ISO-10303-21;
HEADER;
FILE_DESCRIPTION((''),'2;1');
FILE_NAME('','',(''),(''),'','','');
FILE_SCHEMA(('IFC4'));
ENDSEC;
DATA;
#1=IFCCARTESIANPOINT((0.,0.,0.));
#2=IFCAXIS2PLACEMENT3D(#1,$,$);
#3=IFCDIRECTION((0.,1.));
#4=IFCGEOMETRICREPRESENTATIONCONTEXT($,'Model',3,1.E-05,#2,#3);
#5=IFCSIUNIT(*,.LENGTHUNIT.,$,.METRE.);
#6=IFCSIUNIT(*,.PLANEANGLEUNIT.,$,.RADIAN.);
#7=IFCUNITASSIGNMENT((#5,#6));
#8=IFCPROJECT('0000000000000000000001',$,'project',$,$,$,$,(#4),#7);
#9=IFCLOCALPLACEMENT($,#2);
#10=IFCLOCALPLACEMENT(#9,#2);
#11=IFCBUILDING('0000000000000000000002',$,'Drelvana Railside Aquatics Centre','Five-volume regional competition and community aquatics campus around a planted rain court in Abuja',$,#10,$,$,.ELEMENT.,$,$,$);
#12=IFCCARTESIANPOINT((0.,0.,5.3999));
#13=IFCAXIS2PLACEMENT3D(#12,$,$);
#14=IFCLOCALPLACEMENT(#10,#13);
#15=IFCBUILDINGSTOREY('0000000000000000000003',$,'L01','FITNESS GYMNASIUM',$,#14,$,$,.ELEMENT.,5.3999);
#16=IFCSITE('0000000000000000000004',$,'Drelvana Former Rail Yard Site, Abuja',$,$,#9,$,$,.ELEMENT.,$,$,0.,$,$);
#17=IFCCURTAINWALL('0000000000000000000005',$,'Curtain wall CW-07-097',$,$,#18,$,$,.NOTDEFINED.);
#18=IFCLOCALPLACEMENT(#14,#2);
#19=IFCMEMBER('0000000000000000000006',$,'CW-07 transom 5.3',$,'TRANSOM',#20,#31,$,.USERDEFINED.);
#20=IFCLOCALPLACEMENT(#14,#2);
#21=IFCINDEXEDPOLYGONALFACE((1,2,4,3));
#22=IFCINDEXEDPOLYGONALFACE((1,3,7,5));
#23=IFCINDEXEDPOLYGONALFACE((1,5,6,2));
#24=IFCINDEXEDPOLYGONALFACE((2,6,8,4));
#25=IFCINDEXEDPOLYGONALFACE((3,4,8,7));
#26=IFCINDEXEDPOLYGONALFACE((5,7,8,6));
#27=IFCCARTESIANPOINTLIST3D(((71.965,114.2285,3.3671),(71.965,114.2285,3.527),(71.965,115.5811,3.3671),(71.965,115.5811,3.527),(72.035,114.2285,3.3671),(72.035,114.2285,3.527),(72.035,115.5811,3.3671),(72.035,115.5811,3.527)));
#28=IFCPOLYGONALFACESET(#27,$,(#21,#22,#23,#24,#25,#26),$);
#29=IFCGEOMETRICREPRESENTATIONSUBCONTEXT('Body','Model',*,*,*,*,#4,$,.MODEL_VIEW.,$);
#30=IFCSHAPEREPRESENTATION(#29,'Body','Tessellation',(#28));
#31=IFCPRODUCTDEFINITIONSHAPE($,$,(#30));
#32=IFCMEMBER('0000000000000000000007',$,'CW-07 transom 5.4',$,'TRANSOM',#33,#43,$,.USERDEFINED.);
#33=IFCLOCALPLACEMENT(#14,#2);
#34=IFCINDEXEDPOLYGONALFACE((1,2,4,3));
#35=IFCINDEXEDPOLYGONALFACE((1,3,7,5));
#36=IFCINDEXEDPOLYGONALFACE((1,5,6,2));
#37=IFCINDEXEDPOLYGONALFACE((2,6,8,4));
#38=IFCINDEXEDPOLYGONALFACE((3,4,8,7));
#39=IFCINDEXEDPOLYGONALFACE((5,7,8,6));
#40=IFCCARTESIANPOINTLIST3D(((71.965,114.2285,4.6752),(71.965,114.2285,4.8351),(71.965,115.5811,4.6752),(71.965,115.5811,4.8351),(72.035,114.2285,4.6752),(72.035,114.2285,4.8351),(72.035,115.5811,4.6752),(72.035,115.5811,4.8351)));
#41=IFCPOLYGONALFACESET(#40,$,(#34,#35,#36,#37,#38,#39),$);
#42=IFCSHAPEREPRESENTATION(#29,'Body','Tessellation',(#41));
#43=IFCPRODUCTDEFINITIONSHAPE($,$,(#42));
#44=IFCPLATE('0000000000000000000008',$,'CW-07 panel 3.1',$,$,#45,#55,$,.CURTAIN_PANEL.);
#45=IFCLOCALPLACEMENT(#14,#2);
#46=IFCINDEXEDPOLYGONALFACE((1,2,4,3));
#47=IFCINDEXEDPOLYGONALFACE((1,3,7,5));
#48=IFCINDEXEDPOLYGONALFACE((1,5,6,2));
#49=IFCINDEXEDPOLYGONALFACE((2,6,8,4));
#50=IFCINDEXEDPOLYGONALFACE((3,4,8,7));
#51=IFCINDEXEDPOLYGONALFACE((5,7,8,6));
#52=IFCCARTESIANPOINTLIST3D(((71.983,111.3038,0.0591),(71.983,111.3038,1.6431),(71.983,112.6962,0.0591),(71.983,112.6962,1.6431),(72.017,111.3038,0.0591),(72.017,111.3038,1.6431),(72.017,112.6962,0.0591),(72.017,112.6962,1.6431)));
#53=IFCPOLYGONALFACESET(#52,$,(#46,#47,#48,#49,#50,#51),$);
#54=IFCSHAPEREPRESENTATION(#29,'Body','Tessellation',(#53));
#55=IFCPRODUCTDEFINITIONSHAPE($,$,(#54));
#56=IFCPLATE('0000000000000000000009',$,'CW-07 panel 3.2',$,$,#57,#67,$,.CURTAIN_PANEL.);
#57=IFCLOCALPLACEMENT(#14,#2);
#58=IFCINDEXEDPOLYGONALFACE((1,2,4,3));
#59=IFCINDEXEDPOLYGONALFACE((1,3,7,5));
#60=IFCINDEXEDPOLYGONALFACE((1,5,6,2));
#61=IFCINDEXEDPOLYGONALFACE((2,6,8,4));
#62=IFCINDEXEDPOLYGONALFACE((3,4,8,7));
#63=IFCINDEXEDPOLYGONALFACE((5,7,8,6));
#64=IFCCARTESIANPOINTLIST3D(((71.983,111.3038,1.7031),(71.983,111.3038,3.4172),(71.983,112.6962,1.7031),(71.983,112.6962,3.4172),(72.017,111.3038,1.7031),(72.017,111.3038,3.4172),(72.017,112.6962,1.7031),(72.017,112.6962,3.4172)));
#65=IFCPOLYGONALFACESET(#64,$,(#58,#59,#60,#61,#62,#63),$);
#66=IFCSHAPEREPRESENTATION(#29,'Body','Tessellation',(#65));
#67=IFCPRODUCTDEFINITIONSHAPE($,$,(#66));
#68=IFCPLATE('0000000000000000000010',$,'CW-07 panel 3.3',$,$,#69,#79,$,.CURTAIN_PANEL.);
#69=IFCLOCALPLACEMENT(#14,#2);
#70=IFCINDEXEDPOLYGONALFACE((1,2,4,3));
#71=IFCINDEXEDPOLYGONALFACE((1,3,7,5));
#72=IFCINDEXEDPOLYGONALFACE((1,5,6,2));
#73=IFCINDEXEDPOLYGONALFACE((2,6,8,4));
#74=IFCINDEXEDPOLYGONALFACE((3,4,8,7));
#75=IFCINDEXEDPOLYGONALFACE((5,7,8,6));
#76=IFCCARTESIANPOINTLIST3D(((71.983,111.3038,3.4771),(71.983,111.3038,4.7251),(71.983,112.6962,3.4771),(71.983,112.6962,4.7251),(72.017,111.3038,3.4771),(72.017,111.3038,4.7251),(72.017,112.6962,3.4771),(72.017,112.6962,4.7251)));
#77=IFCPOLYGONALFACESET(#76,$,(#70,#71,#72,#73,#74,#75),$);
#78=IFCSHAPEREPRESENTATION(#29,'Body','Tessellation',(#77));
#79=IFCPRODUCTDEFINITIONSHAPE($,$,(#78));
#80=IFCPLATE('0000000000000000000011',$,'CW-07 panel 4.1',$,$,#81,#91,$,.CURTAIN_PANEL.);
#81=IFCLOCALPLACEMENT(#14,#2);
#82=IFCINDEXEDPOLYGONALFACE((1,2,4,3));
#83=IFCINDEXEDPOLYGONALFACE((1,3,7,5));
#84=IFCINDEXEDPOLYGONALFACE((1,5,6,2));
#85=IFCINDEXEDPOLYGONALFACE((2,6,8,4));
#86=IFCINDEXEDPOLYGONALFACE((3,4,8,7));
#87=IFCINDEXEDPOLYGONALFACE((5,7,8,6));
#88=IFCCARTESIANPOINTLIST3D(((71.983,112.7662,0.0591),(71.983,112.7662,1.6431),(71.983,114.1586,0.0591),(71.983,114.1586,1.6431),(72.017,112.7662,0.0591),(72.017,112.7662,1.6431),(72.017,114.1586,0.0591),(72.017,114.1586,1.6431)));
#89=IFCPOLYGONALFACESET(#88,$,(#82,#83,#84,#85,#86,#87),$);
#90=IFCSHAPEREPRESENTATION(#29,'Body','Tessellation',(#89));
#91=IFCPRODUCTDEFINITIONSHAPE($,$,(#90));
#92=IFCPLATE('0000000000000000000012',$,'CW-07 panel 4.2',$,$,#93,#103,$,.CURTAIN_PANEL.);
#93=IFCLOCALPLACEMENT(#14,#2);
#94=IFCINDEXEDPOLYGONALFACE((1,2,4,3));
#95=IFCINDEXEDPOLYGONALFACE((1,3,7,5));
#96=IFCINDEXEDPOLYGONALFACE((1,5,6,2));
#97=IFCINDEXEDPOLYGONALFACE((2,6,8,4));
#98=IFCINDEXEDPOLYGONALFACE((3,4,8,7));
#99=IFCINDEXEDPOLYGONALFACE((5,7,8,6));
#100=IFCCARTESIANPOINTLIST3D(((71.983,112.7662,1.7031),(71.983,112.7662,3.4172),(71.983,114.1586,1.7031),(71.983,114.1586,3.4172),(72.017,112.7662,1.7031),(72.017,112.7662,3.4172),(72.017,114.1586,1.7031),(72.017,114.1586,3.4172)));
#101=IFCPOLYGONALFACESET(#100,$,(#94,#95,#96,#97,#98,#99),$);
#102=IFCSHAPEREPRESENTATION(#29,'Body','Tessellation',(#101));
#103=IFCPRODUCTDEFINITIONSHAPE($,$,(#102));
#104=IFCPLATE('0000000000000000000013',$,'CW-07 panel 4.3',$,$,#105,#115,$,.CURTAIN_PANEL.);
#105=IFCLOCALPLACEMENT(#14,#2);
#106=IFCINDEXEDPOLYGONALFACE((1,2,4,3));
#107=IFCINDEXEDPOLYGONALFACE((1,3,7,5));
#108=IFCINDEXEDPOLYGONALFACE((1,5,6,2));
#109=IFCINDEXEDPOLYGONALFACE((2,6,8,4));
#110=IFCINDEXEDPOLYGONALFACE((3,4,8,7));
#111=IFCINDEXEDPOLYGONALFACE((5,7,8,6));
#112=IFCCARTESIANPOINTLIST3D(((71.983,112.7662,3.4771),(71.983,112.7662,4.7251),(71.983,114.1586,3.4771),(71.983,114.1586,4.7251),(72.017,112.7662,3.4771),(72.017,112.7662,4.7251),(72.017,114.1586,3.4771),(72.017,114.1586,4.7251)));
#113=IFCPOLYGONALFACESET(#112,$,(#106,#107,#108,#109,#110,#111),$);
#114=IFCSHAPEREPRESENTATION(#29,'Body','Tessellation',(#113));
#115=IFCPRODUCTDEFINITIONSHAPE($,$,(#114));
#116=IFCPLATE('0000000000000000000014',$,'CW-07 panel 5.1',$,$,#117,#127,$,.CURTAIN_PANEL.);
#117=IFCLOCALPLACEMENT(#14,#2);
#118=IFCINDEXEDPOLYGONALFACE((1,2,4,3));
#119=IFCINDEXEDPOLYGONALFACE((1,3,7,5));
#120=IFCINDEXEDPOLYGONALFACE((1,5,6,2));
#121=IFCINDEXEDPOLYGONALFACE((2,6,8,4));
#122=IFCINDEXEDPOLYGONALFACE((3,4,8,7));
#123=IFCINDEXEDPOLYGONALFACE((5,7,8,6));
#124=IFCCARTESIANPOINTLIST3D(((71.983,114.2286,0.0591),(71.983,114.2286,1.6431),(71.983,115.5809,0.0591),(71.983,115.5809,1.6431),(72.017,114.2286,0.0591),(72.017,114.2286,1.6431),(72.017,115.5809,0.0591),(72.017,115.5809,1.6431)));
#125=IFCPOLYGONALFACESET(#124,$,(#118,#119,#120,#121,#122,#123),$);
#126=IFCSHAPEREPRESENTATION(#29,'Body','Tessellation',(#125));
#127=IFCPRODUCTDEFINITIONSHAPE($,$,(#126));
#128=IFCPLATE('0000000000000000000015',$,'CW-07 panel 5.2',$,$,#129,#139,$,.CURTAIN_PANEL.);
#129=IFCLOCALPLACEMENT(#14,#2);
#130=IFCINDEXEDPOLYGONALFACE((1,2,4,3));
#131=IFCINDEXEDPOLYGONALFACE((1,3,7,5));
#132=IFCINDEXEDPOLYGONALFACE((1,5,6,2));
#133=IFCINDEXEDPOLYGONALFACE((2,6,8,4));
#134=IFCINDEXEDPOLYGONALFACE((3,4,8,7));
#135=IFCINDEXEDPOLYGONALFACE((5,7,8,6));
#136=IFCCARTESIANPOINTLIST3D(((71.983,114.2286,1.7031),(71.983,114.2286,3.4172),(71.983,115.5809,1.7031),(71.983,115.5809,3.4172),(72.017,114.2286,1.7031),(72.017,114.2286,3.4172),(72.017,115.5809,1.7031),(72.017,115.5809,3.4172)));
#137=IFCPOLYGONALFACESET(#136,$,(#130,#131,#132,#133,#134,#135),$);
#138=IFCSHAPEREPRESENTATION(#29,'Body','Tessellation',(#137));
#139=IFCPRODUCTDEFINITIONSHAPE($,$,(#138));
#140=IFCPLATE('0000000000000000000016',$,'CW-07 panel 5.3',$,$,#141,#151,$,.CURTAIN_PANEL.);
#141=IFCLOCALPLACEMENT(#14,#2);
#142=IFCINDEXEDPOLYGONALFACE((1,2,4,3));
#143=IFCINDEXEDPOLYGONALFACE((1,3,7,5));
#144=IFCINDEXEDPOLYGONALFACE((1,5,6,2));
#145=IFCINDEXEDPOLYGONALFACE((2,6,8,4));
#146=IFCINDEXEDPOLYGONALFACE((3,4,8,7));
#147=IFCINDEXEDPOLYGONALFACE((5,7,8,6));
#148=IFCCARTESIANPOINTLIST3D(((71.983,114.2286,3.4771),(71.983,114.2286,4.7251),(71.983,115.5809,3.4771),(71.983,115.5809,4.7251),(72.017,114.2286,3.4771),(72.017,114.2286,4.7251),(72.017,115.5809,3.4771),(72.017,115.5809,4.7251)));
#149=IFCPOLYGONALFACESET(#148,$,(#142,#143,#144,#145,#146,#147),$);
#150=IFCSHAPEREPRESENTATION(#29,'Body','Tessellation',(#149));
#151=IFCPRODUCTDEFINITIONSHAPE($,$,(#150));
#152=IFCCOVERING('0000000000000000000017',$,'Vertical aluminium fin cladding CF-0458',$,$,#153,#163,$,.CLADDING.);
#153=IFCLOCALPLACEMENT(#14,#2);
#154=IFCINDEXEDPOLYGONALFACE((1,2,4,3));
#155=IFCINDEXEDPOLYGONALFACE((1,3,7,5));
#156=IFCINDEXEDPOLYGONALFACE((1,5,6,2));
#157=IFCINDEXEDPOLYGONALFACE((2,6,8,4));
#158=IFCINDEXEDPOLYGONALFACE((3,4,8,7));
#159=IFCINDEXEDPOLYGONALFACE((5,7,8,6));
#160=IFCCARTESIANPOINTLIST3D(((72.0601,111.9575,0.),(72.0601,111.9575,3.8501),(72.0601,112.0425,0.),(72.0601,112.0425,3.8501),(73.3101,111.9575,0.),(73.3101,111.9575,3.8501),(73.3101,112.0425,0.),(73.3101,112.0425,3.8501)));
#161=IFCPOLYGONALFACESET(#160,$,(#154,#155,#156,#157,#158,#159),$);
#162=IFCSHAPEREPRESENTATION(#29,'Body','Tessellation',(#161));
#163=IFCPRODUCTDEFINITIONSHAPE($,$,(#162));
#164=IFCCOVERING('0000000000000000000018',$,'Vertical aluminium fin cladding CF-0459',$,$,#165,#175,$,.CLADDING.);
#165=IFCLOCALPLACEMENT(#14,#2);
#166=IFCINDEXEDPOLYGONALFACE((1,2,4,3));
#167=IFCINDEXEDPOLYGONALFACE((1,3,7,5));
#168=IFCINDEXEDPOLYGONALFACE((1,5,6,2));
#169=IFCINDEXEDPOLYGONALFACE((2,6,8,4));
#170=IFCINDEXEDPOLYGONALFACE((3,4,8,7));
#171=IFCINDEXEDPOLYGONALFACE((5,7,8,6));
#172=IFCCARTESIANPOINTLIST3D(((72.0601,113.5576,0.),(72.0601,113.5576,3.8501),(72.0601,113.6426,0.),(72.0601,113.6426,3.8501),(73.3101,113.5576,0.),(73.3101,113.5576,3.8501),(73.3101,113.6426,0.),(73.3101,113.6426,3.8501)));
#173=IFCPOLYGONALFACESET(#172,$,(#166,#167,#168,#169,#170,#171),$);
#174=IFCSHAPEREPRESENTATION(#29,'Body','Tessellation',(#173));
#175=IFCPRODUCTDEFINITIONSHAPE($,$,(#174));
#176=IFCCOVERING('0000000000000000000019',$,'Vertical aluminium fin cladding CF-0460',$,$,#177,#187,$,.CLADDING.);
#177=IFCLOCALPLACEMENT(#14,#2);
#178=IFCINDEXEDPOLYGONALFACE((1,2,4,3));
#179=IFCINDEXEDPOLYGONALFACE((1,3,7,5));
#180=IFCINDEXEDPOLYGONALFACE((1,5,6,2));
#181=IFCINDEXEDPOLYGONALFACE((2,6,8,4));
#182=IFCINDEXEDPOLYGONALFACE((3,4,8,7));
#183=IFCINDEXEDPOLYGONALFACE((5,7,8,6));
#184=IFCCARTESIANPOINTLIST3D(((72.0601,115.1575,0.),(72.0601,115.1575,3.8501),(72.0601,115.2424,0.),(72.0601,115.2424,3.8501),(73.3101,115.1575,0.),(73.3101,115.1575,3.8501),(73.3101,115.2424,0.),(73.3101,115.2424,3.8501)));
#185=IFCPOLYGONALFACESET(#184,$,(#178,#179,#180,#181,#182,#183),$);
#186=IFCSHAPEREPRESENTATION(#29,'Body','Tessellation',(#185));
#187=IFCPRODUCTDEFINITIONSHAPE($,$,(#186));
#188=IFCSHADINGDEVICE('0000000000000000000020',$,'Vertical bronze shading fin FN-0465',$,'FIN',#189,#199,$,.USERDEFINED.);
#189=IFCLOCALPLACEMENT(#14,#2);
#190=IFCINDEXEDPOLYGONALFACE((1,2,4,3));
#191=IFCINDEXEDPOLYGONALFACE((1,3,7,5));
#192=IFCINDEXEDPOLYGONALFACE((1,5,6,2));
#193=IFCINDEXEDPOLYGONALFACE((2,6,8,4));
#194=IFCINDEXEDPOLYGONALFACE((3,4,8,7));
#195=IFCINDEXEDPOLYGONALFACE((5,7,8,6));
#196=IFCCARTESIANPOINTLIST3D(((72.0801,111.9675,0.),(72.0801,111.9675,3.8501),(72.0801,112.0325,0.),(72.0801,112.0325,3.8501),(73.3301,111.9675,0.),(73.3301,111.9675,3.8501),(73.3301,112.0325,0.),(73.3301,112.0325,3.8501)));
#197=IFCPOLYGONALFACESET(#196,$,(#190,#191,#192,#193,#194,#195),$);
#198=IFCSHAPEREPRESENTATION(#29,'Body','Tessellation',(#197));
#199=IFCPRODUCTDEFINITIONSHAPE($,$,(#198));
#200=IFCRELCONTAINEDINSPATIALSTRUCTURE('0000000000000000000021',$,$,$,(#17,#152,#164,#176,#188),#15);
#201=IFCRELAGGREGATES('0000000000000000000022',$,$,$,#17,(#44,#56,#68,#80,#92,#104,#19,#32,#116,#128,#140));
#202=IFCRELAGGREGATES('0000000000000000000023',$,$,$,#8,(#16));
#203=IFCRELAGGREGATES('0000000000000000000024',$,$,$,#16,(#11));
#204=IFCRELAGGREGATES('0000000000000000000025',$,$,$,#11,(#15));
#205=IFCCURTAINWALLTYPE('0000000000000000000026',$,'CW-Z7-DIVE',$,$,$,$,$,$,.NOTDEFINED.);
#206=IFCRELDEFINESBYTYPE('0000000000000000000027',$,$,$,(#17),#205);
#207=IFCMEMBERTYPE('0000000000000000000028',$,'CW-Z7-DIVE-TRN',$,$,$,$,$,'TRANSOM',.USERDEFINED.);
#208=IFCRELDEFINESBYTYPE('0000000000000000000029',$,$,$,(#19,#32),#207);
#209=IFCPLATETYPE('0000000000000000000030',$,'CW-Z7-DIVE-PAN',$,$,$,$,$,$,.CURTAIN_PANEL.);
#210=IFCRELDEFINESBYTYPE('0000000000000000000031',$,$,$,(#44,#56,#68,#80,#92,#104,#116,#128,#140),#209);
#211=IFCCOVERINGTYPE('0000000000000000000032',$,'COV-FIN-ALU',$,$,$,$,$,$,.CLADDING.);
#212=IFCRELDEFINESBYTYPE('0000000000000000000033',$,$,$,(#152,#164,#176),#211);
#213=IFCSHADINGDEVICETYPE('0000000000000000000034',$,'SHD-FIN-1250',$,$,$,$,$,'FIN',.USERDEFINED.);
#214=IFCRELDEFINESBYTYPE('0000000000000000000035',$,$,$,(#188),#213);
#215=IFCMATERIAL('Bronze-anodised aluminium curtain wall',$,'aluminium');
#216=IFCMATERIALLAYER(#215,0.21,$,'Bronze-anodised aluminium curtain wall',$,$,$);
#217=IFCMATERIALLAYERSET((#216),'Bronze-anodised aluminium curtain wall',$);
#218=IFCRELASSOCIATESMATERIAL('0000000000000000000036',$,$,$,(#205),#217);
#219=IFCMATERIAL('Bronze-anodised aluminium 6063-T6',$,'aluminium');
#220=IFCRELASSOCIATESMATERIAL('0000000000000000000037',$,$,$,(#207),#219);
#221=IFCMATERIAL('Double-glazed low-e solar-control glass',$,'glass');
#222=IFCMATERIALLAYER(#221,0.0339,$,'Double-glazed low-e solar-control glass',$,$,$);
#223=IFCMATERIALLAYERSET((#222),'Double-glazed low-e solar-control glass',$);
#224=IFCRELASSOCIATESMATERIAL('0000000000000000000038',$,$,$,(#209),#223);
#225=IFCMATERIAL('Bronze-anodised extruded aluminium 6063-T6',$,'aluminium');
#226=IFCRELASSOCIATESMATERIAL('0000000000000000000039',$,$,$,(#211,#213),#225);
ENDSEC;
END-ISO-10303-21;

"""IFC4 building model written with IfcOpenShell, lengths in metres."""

from ifc_helpers import new_model, si_unit, direction, frame, origin, origin_2d, place, context, subcontext, project, spatial, rectangle, extrude, material, layer, layer_set, material_profile, profile_set, type_object, element, aggregate, save


model = new_model("IFC4")

# Units and contexts
model_context = context("Model", 3, precision=1e-05, world=origin(), true_north=direction((0.0, 1.0)))
body_context = subcontext(model_context, "Body", "Model", "MODEL_VIEW")
ifc_project = project(units=[si_unit("LENGTHUNIT", "METRE"), si_unit("PLANEANGLEUNIT", "RADIAN")], contexts=[model_context])

# Site, building, storey
site_placement = place(None, origin())
site = spatial("IfcSite", under=ifc_project, at=site_placement, Name="Drelvana Former Rail Yard Site, Abuja", CompositionType="ELEMENT", RefElevation=0.0)
building_placement = place(site_placement, origin())
building = spatial("IfcBuilding", under=site, at=building_placement, Name="Drelvana Railside Aquatics Centre", Description="Five-volume regional competition and community aquatics campus around a planted rain court in Abuja", CompositionType="ELEMENT")
storey_placement = place(building_placement, frame((0.0, 0.0, 5.3999)))
storey = spatial("IfcBuildingStorey", under=building, at=storey_placement, Name="L01", Description="FITNESS GYMNASIUM", CompositionType="ELEMENT", Elevation=5.3999)

# Curtain wall, members, plates
ifc_material_1 = material(Name="Bronze-anodised aluminium curtain wall", Category="aluminium")
ifc_layer_1 = layer(ifc_material_1, 0.21, Name="Bronze-anodised aluminium curtain wall")
ifc_layer_set_1 = layer_set([ifc_layer_1], Name="Bronze-anodised aluminium curtain wall")
curtain_wall_type = type_object("IfcCurtainWallType", Name="CW-Z7-DIVE", PredefinedType="NOTDEFINED", material=ifc_layer_set_1)
curtain_wall_placement = place(storey_placement, origin())
curtain_wall = element("IfcCurtainWall", 1, at=curtain_wall_placement, inside=storey, type_object=curtain_wall_type, Name="Curtain wall CW-07-097", PredefinedType="NOTDEFINED")
ifc_material_2 = material(Name="Bronze-anodised aluminium 6063-T6", Category="aluminium")
ifc_material_profile_1 = material_profile(ifc_material_2, rectangle(XDim=0.1599, YDim=0.0701, at=origin_2d()), Name="ALU-T 70x160")
ifc_profile_set_1 = profile_set([ifc_material_profile_1], Name="Bronze-anodised aluminium 6063-T6")
member_type_1 = type_object("IfcMemberType", Name="CW-Z7-DIVE-TRN", ElementType="TRANSOM", PredefinedType="USERDEFINED", material=ifc_profile_set_1)
member_1_placement = place(storey_placement, frame((72.0, 114.2285, 3.447), z_axis=(0.0, 1.0, 0.0), x_axis=(0.0, 0.0, 1.0)))
member_1 = element("IfcMember", 2, at=member_1_placement, type_object=member_type_1, Name="CW-07 transom 5.3", ObjectType="TRANSOM", PredefinedType="USERDEFINED", context=body_context, shape_type="SweptSolid", body=[
    extrude(rectangle(XDim=0.1599, YDim=0.0701, at=origin_2d()), origin(), (0.0, 0.0, 1.0), 1.3525),
])
member_2_placement = place(storey_placement, frame((72.0, 114.2285, 4.7551), z_axis=(0.0, 1.0, 0.0), x_axis=(0.0, 0.0, 1.0)))
member_2 = element("IfcMember", 3, at=member_2_placement, type_object=member_type_1, Name="CW-07 transom 5.4", ObjectType="TRANSOM", PredefinedType="USERDEFINED", context=body_context, shape_type="SweptSolid", body=[
    extrude(rectangle(XDim=0.1599, YDim=0.0701, at=origin_2d()), origin(), (0.0, 0.0, 1.0), 1.3525),
])
ifc_material_3 = material(Name="Double-glazed low-e solar-control glass", Category="glass")
ifc_layer_2 = layer(ifc_material_3, 0.0339, Name="Double-glazed low-e solar-control glass")
ifc_layer_set_2 = layer_set([ifc_layer_2], Name="Double-glazed low-e solar-control glass")
plate_type = type_object("IfcPlateType", Name="CW-Z7-DIVE-PAN", PredefinedType="CURTAIN_PANEL", material=ifc_layer_set_2)
plate_1_placement = place(storey_placement, frame((72.0, 112.0, 0.0591), z_axis=(0.0, 0.0, 1.0), x_axis=(0.0, 1.0, 0.0)))
plate_1 = element("IfcPlate", 4, at=plate_1_placement, type_object=plate_type, Name="CW-07 panel 3.1", PredefinedType="CURTAIN_PANEL", context=body_context, shape_type="SweptSolid", body=[
    extrude(rectangle(XDim=1.3923, YDim=0.0339, at=origin_2d()), origin(), (0.0, 0.0, 1.0), 1.584),
])
plate_2_placement = place(storey_placement, frame((72.0, 112.0, 1.7031), z_axis=(0.0, 0.0, 1.0), x_axis=(0.0, 1.0, 0.0)))
plate_2 = element("IfcPlate", 5, at=plate_2_placement, type_object=plate_type, Name="CW-07 panel 3.2", PredefinedType="CURTAIN_PANEL", context=body_context, shape_type="SweptSolid", body=[
    extrude(rectangle(XDim=1.3923, YDim=0.0339, at=origin_2d()), origin(), (0.0, 0.0, 1.0), 1.7141),
])
plate_3_placement = place(storey_placement, frame((72.0, 112.0, 3.4771), z_axis=(0.0, 0.0, 1.0), x_axis=(0.0, 1.0, 0.0)))
plate_3 = element("IfcPlate", 6, at=plate_3_placement, type_object=plate_type, Name="CW-07 panel 3.3", PredefinedType="CURTAIN_PANEL", context=body_context, shape_type="SweptSolid", body=[
    extrude(rectangle(XDim=1.3923, YDim=0.0339, at=origin_2d()), origin(), (0.0, 0.0, 1.0), 1.248),
])
plate_4_placement = place(storey_placement, frame((72.0, 113.4624, 0.0591), z_axis=(0.0, 0.0, 1.0), x_axis=(0.0, 1.0, 0.0)))
plate_4 = element("IfcPlate", 7, at=plate_4_placement, type_object=plate_type, Name="CW-07 panel 4.1", PredefinedType="CURTAIN_PANEL", context=body_context, shape_type="SweptSolid", body=[
    extrude(rectangle(XDim=1.3923, YDim=0.0339, at=origin_2d()), origin(), (0.0, 0.0, 1.0), 1.584),
])
plate_5_placement = place(storey_placement, frame((72.0, 113.4624, 1.7031), z_axis=(0.0, 0.0, 1.0), x_axis=(0.0, 1.0, 0.0)))
plate_5 = element("IfcPlate", 8, at=plate_5_placement, type_object=plate_type, Name="CW-07 panel 4.2", PredefinedType="CURTAIN_PANEL", context=body_context, shape_type="SweptSolid", body=[
    extrude(rectangle(XDim=1.3923, YDim=0.0339, at=origin_2d()), origin(), (0.0, 0.0, 1.0), 1.7141),
])
plate_6_placement = place(storey_placement, frame((72.0, 113.4624, 3.4771), z_axis=(0.0, 0.0, 1.0), x_axis=(0.0, 1.0, 0.0)))
plate_6 = element("IfcPlate", 9, at=plate_6_placement, type_object=plate_type, Name="CW-07 panel 4.3", PredefinedType="CURTAIN_PANEL", context=body_context, shape_type="SweptSolid", body=[
    extrude(rectangle(XDim=1.3923, YDim=0.0339, at=origin_2d()), origin(), (0.0, 0.0, 1.0), 1.248),
])
plate_7_placement = place(storey_placement, frame((72.0, 114.9048, 0.0591), z_axis=(0.0, 0.0, 1.0), x_axis=(0.0, 1.0, 0.0)))
plate_7 = element("IfcPlate", 10, at=plate_7_placement, type_object=plate_type, Name="CW-07 panel 5.1", PredefinedType="CURTAIN_PANEL", context=body_context, shape_type="SweptSolid", body=[
    extrude(rectangle(XDim=1.3523, YDim=0.0339, at=origin_2d()), origin(), (0.0, 0.0, 1.0), 1.584),
])
plate_8_placement = place(storey_placement, frame((72.0, 114.9048, 1.7031), z_axis=(0.0, 0.0, 1.0), x_axis=(0.0, 1.0, 0.0)))
plate_8 = element("IfcPlate", 11, at=plate_8_placement, type_object=plate_type, Name="CW-07 panel 5.2", PredefinedType="CURTAIN_PANEL", context=body_context, shape_type="SweptSolid", body=[
    extrude(rectangle(XDim=1.3523, YDim=0.0339, at=origin_2d()), origin(), (0.0, 0.0, 1.0), 1.7141),
])
plate_9_placement = place(storey_placement, frame((72.0, 114.9048, 3.4771), z_axis=(0.0, 0.0, 1.0), x_axis=(0.0, 1.0, 0.0)))
plate_9 = element("IfcPlate", 12, at=plate_9_placement, type_object=plate_type, Name="CW-07 panel 5.3", PredefinedType="CURTAIN_PANEL", context=body_context, shape_type="SweptSolid", body=[
    extrude(rectangle(XDim=1.3523, YDim=0.0339, at=origin_2d()), origin(), (0.0, 0.0, 1.0), 1.248),
])
aggregate(curtain_wall, [plate_1, plate_2, plate_3, plate_4, plate_5, plate_6, member_1, member_2, plate_7, plate_8, plate_9])

# Coverings
ifc_material_4 = material(Name="Bronze-anodised extruded aluminium 6063-T6", Category="aluminium")
covering_type = type_object("IfcCoveringType", Name="COV-FIN-ALU", PredefinedType="CLADDING", material=ifc_material_4)
for number, where, z_axis, x_axis, name in (
    (13, (72.6851, 112.0, 0.0), (0.0, 0.0, 1.0), (0.0, -1.0, 0.0), "Vertical aluminium fin cladding CF-0458"),
    (14, (72.6851, 113.6001, 0.0), (0.0, 0.0, 1.0), (0.0, -1.0, 0.0), "Vertical aluminium fin cladding CF-0459"),
    (15, (72.6851, 115.2, 0.0), (0.0, 0.0, 1.0), (0.0, -1.0, 0.0), "Vertical aluminium fin cladding CF-0460"),
):
    element("IfcCovering", number, at=place(storey_placement, frame(where, z_axis=z_axis, x_axis=x_axis)), inside=storey, type_object=covering_type, Name=name, PredefinedType="CLADDING", context=body_context, shape_type="SweptSolid", body=[
        extrude(rectangle(XDim=0.085, YDim=1.25, at=origin_2d()), origin(), (0.0, 0.0, 1.0), 3.8501),
    ])

# Shading device
shading_device_type = type_object("IfcShadingDeviceType", Name="SHD-FIN-1250", ElementType="FIN", PredefinedType="USERDEFINED", material=ifc_material_4)
shading_device_placement = place(storey_placement, frame((72.7051, 112.0, 0.0), z_axis=(0.0, 0.0, 1.0), x_axis=(1.0, 0.0, 0.0)))
element("IfcShadingDevice", 16, at=shading_device_placement, inside=storey, type_object=shading_device_type, Name="Vertical bronze shading fin FN-0465", ObjectType="FIN", PredefinedType="USERDEFINED", context=body_context, shape_type="SweptSolid", body=[
    extrude(rectangle(XDim=1.25, YDim=0.0649, at=origin_2d()), origin(), (0.0, 0.0, 1.0), 3.8501),
])

save(model, "model.ifc")
